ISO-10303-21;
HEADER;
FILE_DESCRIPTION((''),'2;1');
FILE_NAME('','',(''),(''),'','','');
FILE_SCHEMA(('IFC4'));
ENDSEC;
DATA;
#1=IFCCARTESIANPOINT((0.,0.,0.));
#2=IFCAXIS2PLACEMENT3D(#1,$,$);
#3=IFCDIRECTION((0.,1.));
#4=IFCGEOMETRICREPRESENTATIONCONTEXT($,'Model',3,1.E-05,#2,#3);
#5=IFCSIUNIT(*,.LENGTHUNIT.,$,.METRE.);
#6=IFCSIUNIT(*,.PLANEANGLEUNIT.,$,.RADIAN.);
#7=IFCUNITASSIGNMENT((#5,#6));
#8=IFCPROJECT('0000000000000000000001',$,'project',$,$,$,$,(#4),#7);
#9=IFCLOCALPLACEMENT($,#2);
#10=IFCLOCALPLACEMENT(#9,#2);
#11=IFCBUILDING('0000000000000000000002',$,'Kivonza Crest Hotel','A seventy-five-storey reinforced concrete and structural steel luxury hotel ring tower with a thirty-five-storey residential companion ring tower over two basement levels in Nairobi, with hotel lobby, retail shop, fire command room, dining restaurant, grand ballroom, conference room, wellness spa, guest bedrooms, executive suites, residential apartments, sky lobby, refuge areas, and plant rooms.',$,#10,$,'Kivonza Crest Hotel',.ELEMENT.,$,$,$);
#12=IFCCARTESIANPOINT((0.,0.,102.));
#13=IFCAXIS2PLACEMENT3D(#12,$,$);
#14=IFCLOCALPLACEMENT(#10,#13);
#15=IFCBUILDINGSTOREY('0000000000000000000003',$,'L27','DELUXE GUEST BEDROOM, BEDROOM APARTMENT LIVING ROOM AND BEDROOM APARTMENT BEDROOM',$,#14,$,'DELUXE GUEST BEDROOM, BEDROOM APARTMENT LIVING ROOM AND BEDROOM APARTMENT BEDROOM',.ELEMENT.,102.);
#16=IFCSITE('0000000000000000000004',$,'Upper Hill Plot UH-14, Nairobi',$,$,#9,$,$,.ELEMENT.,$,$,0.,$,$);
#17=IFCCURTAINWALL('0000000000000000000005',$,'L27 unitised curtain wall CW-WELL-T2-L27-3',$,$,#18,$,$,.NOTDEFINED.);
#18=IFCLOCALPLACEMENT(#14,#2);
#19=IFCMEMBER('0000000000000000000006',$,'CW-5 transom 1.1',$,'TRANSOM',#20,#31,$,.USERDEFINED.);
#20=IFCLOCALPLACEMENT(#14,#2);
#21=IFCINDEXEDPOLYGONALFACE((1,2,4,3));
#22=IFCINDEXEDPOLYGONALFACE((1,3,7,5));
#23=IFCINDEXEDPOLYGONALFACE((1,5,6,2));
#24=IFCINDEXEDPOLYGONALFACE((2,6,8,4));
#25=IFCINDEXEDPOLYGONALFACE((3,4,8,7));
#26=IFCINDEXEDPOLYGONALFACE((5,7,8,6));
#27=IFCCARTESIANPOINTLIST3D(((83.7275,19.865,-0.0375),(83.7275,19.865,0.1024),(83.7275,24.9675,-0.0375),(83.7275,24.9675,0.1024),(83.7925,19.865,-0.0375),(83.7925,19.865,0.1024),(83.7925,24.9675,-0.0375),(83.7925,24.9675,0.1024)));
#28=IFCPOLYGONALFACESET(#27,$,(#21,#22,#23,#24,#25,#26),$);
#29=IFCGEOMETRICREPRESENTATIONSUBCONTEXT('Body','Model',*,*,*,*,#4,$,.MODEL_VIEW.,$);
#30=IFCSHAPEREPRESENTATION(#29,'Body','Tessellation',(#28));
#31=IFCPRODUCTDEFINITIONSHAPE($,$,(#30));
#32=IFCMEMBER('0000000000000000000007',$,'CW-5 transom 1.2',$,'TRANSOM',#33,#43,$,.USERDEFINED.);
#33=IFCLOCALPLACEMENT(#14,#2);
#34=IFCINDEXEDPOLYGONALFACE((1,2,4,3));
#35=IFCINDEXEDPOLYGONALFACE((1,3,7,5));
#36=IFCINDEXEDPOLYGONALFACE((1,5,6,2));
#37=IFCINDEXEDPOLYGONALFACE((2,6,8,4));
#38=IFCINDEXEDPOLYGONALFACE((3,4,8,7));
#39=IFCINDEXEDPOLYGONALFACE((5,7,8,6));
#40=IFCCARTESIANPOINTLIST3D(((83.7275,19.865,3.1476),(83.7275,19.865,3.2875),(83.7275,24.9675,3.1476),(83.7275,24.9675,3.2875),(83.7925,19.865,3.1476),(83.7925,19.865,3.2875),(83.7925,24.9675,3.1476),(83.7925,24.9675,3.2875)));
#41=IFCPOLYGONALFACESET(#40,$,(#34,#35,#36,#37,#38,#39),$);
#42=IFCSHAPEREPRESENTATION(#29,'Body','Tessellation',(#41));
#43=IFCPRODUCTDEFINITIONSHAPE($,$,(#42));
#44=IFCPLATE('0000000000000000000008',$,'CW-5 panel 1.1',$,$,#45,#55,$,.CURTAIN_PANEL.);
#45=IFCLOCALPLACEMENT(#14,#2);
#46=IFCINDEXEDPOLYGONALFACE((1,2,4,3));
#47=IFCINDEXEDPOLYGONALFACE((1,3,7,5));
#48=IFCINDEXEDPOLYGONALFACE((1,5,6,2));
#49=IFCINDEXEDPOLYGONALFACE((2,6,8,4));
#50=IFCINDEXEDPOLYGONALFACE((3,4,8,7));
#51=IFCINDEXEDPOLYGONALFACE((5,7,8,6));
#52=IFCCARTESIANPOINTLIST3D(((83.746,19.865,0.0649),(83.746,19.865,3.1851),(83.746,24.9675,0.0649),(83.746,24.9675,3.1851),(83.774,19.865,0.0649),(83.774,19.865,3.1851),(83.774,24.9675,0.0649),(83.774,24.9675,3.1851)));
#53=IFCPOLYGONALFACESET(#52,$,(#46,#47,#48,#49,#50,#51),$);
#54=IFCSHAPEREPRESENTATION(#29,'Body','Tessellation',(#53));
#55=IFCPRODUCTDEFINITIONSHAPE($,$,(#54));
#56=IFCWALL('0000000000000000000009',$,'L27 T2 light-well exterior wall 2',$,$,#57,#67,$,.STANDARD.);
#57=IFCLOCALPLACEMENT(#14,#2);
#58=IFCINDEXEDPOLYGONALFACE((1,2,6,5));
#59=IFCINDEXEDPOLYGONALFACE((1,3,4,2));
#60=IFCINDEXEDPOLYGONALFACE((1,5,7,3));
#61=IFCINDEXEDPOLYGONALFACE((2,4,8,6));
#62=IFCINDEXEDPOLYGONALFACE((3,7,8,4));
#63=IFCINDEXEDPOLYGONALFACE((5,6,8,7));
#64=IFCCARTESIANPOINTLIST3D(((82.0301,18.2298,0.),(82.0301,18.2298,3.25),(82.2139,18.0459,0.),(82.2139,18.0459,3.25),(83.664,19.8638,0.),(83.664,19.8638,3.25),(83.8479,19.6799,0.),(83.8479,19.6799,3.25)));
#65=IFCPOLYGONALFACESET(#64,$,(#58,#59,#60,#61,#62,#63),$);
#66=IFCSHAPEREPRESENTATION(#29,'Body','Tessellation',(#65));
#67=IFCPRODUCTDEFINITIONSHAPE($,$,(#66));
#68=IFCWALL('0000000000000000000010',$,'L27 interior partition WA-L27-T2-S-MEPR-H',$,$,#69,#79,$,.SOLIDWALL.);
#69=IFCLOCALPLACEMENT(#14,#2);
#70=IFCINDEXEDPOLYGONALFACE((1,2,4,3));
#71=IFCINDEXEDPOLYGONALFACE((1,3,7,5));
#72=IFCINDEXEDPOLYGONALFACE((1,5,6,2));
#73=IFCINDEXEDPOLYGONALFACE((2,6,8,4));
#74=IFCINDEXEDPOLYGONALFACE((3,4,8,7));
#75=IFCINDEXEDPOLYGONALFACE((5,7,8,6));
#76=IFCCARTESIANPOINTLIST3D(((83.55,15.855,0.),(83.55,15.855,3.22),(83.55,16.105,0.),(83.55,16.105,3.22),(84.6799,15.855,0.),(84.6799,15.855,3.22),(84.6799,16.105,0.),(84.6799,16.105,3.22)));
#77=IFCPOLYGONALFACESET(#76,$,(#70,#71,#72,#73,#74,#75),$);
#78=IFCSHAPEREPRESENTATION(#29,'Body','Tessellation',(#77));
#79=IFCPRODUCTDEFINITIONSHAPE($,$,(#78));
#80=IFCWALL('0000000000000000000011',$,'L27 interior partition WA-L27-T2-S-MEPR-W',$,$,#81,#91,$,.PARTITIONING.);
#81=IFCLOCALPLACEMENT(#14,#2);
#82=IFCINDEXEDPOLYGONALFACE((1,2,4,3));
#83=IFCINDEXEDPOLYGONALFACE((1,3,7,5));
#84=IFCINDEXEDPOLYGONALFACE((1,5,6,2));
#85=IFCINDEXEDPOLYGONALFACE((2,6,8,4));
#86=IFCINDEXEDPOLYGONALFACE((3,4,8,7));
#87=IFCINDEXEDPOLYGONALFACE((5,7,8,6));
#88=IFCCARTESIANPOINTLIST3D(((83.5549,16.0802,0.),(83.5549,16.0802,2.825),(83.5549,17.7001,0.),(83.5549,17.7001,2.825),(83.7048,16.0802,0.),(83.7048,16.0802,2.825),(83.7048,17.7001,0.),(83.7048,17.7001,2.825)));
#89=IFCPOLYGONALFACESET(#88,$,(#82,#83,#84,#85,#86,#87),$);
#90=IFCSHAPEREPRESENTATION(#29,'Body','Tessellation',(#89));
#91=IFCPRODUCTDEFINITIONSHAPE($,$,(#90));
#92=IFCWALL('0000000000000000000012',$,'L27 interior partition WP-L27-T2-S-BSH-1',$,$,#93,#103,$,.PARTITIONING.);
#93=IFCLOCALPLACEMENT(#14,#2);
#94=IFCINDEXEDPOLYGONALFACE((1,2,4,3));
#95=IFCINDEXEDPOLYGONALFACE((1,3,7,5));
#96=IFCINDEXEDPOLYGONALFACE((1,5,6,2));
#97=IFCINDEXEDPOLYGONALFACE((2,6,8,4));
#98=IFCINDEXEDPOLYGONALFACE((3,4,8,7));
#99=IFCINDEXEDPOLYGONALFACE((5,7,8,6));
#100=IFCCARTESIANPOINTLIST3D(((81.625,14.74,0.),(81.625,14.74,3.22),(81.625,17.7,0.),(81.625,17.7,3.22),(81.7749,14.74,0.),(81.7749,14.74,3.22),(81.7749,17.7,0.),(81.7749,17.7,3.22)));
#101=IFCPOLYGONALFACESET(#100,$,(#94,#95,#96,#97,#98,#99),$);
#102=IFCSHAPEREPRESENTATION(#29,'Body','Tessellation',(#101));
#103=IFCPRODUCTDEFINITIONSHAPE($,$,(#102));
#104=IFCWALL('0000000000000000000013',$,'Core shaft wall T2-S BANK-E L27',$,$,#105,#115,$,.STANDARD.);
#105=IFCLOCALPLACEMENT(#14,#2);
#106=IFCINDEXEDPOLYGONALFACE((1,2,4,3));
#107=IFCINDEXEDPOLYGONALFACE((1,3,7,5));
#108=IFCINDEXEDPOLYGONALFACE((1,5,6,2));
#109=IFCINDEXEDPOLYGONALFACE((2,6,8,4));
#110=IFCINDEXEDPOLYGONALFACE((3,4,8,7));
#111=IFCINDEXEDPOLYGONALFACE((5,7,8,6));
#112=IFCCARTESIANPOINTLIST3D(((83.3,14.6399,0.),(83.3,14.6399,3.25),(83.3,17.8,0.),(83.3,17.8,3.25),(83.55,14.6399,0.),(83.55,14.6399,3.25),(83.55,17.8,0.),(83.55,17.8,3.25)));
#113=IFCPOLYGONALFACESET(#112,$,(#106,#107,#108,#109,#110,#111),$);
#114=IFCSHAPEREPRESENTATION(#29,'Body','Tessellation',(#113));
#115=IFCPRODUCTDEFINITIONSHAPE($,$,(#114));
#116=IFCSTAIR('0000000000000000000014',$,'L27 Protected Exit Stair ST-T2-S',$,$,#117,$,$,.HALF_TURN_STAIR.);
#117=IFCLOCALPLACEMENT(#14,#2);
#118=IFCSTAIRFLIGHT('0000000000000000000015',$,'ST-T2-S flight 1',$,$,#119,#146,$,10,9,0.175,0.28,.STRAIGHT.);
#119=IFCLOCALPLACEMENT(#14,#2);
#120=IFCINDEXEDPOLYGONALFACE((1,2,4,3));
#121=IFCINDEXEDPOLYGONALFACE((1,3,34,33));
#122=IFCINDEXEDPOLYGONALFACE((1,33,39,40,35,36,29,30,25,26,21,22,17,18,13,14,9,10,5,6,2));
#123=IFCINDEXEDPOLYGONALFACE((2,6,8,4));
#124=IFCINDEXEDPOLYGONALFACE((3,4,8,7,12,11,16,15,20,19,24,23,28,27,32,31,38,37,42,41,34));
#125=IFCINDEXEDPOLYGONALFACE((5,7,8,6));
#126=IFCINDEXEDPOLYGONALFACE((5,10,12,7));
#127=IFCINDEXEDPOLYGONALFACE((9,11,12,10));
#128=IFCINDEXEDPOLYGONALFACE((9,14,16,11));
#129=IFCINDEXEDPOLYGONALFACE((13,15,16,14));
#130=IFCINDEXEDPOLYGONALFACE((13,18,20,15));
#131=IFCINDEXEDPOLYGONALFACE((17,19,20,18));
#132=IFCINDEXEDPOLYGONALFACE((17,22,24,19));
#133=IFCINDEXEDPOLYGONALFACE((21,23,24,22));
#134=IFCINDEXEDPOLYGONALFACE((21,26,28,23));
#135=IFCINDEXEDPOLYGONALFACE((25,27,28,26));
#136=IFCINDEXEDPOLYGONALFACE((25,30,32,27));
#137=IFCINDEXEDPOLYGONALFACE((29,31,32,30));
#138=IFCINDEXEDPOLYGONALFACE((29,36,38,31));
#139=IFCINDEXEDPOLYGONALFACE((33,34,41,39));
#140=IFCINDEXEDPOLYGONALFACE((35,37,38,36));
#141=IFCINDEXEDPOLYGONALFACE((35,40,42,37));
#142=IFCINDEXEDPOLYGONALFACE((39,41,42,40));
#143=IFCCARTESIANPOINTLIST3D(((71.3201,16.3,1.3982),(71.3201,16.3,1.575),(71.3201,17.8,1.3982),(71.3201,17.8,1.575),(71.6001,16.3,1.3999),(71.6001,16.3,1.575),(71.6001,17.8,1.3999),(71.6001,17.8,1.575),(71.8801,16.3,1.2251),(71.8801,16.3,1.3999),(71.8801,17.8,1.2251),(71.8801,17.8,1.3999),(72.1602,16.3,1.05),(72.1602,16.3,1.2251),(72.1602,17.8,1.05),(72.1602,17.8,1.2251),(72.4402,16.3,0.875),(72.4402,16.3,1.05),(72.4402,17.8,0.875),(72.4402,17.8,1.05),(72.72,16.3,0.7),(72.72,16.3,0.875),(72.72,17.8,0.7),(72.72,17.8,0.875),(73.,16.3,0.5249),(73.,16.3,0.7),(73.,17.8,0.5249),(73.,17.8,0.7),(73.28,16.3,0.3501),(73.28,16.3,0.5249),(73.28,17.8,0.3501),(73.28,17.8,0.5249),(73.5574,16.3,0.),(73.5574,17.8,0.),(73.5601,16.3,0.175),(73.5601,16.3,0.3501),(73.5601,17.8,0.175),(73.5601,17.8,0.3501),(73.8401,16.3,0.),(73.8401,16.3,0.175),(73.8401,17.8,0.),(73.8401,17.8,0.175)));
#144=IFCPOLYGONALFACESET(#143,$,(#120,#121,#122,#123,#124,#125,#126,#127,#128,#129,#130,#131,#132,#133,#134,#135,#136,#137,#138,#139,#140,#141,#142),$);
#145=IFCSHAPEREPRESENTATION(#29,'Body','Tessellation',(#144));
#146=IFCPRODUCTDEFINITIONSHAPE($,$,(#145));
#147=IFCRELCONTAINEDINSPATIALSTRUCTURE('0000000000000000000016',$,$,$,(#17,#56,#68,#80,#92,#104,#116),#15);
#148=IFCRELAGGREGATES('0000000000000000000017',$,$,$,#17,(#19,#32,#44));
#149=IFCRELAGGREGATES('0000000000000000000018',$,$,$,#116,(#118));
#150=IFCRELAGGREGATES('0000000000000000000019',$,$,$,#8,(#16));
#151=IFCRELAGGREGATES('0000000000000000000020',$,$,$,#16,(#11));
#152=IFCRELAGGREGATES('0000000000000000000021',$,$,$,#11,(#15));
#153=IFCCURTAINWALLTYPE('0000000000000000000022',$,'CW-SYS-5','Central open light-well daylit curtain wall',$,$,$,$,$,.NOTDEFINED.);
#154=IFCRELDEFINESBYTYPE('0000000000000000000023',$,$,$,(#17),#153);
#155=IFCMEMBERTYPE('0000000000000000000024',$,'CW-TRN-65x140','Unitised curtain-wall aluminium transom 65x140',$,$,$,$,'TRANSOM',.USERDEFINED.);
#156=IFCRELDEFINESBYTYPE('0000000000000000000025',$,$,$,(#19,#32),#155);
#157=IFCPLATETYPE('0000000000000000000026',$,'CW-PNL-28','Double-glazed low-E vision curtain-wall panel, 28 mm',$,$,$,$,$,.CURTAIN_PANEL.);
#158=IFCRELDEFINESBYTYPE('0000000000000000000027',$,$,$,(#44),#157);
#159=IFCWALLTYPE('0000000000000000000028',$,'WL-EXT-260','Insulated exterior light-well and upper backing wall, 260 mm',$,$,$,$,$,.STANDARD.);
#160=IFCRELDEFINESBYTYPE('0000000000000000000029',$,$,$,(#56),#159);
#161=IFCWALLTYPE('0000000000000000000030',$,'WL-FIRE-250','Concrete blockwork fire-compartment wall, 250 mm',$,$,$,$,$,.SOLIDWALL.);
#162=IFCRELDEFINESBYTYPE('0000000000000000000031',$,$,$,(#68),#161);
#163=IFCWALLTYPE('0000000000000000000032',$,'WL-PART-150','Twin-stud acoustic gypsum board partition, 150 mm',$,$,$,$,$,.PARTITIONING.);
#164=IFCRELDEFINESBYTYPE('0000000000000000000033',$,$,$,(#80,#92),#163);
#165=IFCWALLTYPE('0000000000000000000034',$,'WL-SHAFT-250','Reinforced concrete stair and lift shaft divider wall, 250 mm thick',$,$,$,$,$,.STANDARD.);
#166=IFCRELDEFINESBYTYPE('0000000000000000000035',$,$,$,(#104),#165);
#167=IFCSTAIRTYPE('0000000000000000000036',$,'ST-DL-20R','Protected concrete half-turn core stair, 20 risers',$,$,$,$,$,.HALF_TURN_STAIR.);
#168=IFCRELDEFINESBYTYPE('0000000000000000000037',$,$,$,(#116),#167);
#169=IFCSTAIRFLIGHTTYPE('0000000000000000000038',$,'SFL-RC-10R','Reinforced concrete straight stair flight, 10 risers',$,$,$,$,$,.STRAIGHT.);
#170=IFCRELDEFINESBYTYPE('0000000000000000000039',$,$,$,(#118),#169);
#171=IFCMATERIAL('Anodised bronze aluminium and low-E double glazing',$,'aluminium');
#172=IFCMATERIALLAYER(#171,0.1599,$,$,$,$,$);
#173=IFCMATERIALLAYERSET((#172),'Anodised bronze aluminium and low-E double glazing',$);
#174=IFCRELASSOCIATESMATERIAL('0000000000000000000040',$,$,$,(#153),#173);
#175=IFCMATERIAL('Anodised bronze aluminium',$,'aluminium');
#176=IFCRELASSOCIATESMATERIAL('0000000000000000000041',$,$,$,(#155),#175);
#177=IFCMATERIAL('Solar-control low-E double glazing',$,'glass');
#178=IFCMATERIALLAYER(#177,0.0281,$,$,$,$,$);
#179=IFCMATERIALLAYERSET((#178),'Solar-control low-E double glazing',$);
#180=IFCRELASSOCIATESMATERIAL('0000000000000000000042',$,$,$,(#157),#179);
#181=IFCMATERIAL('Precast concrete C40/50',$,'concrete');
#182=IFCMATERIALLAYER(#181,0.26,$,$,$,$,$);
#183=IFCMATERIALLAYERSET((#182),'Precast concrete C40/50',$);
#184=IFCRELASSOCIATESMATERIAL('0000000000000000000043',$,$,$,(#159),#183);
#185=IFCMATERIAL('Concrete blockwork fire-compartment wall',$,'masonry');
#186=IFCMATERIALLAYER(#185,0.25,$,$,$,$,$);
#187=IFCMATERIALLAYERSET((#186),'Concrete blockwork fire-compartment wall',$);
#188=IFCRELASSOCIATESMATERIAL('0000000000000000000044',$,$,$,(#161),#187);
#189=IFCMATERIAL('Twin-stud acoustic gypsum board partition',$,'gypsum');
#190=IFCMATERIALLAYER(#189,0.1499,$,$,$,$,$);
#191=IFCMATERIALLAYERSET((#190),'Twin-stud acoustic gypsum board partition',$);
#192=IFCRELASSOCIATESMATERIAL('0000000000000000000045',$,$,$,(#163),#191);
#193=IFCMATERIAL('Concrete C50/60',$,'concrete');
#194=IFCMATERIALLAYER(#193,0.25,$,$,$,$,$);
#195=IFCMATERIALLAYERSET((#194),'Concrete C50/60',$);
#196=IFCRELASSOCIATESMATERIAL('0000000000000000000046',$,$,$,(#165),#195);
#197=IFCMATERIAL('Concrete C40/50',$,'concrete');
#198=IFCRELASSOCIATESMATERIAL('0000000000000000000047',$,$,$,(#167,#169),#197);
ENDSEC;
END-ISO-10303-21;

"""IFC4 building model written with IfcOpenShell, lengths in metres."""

from ifc_helpers import new_model, si_unit, direction, frame, frame_2d, origin, origin_2d, place, context, subcontext, project, spatial, polyline, rectangle, outline, extrude, material, layer, layer_set, material_profile, profile_set, type_object, element, aggregate, save


model = new_model("IFC4")

# Units and contexts
model_context = context("Model", 3, precision=1e-05, world=origin(), true_north=direction((0.0, 1.0)))
body_context = subcontext(model_context, "Body", "Model", "MODEL_VIEW")
ifc_project = project(units=[si_unit("LENGTHUNIT", "METRE"), si_unit("PLANEANGLEUNIT", "RADIAN")], contexts=[model_context])

# Site, building, storey
site_placement = place(None, origin())
site = spatial("IfcSite", under=ifc_project, at=site_placement, Name="Upper Hill Plot UH-14, Nairobi", CompositionType="ELEMENT", RefElevation=0.0)
building_placement = place(site_placement, origin())
building = spatial("IfcBuilding", under=site, at=building_placement, Name="Kivonza Crest Hotel", Description="A seventy-five-storey reinforced concrete and structural steel luxury hotel ring tower with a thirty-five-storey residential companion ring tower over two basement levels in Nairobi, with hotel lobby, retail shop, fire command room, dining restaurant, grand ballroom, conference room, wellness spa, guest bedrooms, executive suites, residential apartments, sky lobby, refuge areas, and plant rooms.", LongName="Kivonza Crest Hotel", CompositionType="ELEMENT")
storey_placement = place(building_placement, frame((0.0, 0.0, 102.0)))
storey = spatial("IfcBuildingStorey", under=building, at=storey_placement, Name="L27", Description="DELUXE GUEST BEDROOM, BEDROOM APARTMENT LIVING ROOM AND BEDROOM APARTMENT BEDROOM", LongName="DELUXE GUEST BEDROOM, BEDROOM APARTMENT LIVING ROOM AND BEDROOM APARTMENT BEDROOM", CompositionType="ELEMENT", Elevation=102.0)

# Shared definitions
ifc_material_1 = material(Name="Concrete C50/60", Category="concrete")

# Curtain wall, members, plate
ifc_material_2 = material(Name="Anodised bronze aluminium and low-E double glazing", Category="aluminium")
ifc_layer_1 = layer(ifc_material_2, 0.1599)
ifc_layer_set_1 = layer_set([ifc_layer_1], Name="Anodised bronze aluminium and low-E double glazing")
curtain_wall_type = type_object("IfcCurtainWallType", Name="CW-SYS-5", Description="Central open light-well daylit curtain wall", PredefinedType="NOTDEFINED", material=ifc_layer_set_1)
curtain_wall_placement = place(storey_placement, origin())
curtain_wall = element("IfcCurtainWall", 1, at=curtain_wall_placement, inside=storey, type_object=curtain_wall_type, Name="L27 unitised curtain wall CW-WELL-T2-L27-3", PredefinedType="NOTDEFINED")
ifc_material_3 = material(Name="Anodised bronze aluminium", Category="aluminium")
ifc_material_profile_1 = material_profile(ifc_material_3, rectangle(XDim=0.0649, YDim=0.1399, at=origin_2d()), Name="CW-T 65x140")
ifc_profile_set_1 = profile_set([ifc_material_profile_1], Name="Anodised bronze aluminium")
member_type_1 = type_object("IfcMemberType", Name="CW-TRN-65x140", Description="Unitised curtain-wall aluminium transom 65x140", ElementType="TRANSOM", PredefinedType="USERDEFINED", material=ifc_profile_set_1)
member_1_placement = place(storey_placement, frame((83.76, 19.865, 0.0325), z_axis=(0.0, 1.0, 0.0), x_axis=(-1.0, 0.0, 0.0)))
member_1 = element("IfcMember", 2, at=member_1_placement, type_object=member_type_1, Name="CW-5 transom 1.1", ObjectType="TRANSOM", PredefinedType="USERDEFINED", context=body_context, shape_type="SweptSolid", body=[
    extrude(rectangle(XDim=0.0649, YDim=0.1399, at=origin_2d()), origin(), (0.0, 0.0, 1.0), 5.1025),
])
member_2_placement = place(storey_placement, frame((83.76, 19.865, 3.2175), z_axis=(0.0, 1.0, 0.0), x_axis=(-1.0, 0.0, 0.0)))
member_2 = element("IfcMember", 3, at=member_2_placement, type_object=member_type_1, Name="CW-5 transom 1.2", ObjectType="TRANSOM", PredefinedType="USERDEFINED", context=body_context, shape_type="SweptSolid", body=[
    extrude(rectangle(XDim=0.0649, YDim=0.1399, at=origin_2d()), origin(), (0.0, 0.0, 1.0), 5.1025),
])
ifc_material_4 = material(Name="Solar-control low-E double glazing", Category="glass")
ifc_layer_2 = layer(ifc_material_4, 0.0281)
ifc_layer_set_2 = layer_set([ifc_layer_2], Name="Solar-control low-E double glazing")
plate_type = type_object("IfcPlateType", Name="CW-PNL-28", Description="Double-glazed low-E vision curtain-wall panel, 28 mm", PredefinedType="CURTAIN_PANEL", material=ifc_layer_set_2)
plate_placement = place(storey_placement, frame((83.76, 22.4163, 0.0649), z_axis=(0.0, 0.0, 1.0), x_axis=(0.0, 1.0, 0.0)))
plate = element("IfcPlate", 4, at=plate_placement, type_object=plate_type, Name="CW-5 panel 1.1", PredefinedType="CURTAIN_PANEL", context=body_context, shape_type="SweptSolid", body=[
    extrude(rectangle(XDim=5.1025, YDim=0.0281, at=origin_2d()), origin(), (0.0, 0.0, 1.0), 3.1201),
])
aggregate(curtain_wall, [member_1, member_2, plate])

# Walls
ifc_material_5 = material(Name="Precast concrete C40/50", Category="concrete")
ifc_layer_3 = layer(ifc_material_5, 0.26)
ifc_layer_set_3 = layer_set([ifc_layer_3], Name="Precast concrete C40/50")
wall_type_1 = type_object("IfcWallType", Name="WL-EXT-260", Description="Insulated exterior light-well and upper backing wall, 260 mm", PredefinedType="STANDARD", material=ifc_layer_set_3)
wall_1_placement = place(storey_placement, frame((82.1221, 18.1379, 0.0), z_axis=(0.0, 0.0, 1.0), x_axis=(0.707107, 0.707107, 0.0)))
element("IfcWall", 5, at=wall_1_placement, inside=storey, type_object=wall_type_1, Name="L27 T2 light-well exterior wall 2", PredefinedType="STANDARD", context=body_context, shape_type="SweptSolid", body=[
    extrude(rectangle(XDim=2.3108, YDim=0.26, at=frame_2d((1.1553, 0.0))), origin(), (0.0, 0.0, 1.0), 3.25),
])
ifc_material_6 = material(Name="Concrete blockwork fire-compartment wall", Category="masonry")
ifc_layer_4 = layer(ifc_material_6, 0.25)
ifc_layer_set_4 = layer_set([ifc_layer_4], Name="Concrete blockwork fire-compartment wall")
wall_type_2 = type_object("IfcWallType", Name="WL-FIRE-250", Description="Concrete blockwork fire-compartment wall, 250 mm", PredefinedType="SOLIDWALL", material=ifc_layer_set_4)
wall_2_placement = place(storey_placement, frame((83.55, 15.98, 0.0), z_axis=(0.0, 0.0, 1.0), x_axis=(1.0, 0.0, 0.0)))
element("IfcWall", 6, at=wall_2_placement, inside=storey, type_object=wall_type_2, Name="L27 interior partition WA-L27-T2-S-MEPR-H", PredefinedType="SOLIDWALL", context=body_context, shape_type="SweptSolid", body=[
    extrude(rectangle(XDim=1.1299, YDim=0.25, at=frame_2d((0.5649, 0.0))), origin(), (0.0, 0.0, 1.0), 3.22),
])
ifc_material_7 = material(Name="Twin-stud acoustic gypsum board partition", Category="gypsum")
ifc_layer_5 = layer(ifc_material_7, 0.1499)
ifc_layer_set_5 = layer_set([ifc_layer_5], Name="Twin-stud acoustic gypsum board partition")
wall_type_3 = type_object("IfcWallType", Name="WL-PART-150", Description="Twin-stud acoustic gypsum board partition, 150 mm", PredefinedType="PARTITIONING", material=ifc_layer_set_5)
wall_3_placement = place(storey_placement, frame((83.6299, 16.0801, 0.0), z_axis=(0.0, 0.0, 1.0), x_axis=(0.0, 1.0, 0.0)))
element("IfcWall", 7, at=wall_3_placement, inside=storey, type_object=wall_type_3, Name="L27 interior partition WA-L27-T2-S-MEPR-W", PredefinedType="PARTITIONING", context=body_context, shape_type="SweptSolid", body=[
    extrude(rectangle(XDim=1.6199, YDim=0.1499, at=frame_2d((0.8101, 0.0))), origin(), (0.0, 0.0, 1.0), 2.825),
])
wall_4_placement = place(storey_placement, frame((81.7, 14.74, 0.0), z_axis=(0.0, 0.0, 1.0), x_axis=(0.0, 1.0, 0.0)))
element("IfcWall", 8, at=wall_4_placement, inside=storey, type_object=wall_type_3, Name="L27 interior partition WP-L27-T2-S-BSH-1", PredefinedType="PARTITIONING", context=body_context, shape_type="SweptSolid", body=[
    extrude(rectangle(XDim=2.96, YDim=0.1499, at=frame_2d((1.48, 0.0))), origin(), (0.0, 0.0, 1.0), 3.22),
])
ifc_layer_6 = layer(ifc_material_1, 0.25)
ifc_layer_set_6 = layer_set([ifc_layer_6], Name="Concrete C50/60")
wall_type_4 = type_object("IfcWallType", Name="WL-SHAFT-250", Description="Reinforced concrete stair and lift shaft divider wall, 250 mm thick", PredefinedType="STANDARD", material=ifc_layer_set_6)
wall_5_placement = place(storey_placement, frame((83.425, 14.6399, 0.0), z_axis=(0.0, 0.0, 1.0), x_axis=(0.0, 1.0, 0.0)))
element("IfcWall", 9, at=wall_5_placement, inside=storey, type_object=wall_type_4, Name="Core shaft wall T2-S BANK-E L27", PredefinedType="STANDARD", context=body_context, shape_type="SweptSolid", body=[
    extrude(rectangle(XDim=3.1602, YDim=0.25, at=frame_2d((1.5801, 0.0))), origin(), (0.0, 0.0, 1.0), 3.25),
])

# Stair, stair flight
ifc_material_8 = material(Name="Concrete C40/50", Category="concrete")
stair_type = type_object("IfcStairType", Name="ST-DL-20R", Description="Protected concrete half-turn core stair, 20 risers", PredefinedType="HALF_TURN_STAIR", material=ifc_material_8)
stair_placement = place(storey_placement, origin())
stair = element("IfcStair", 10, at=stair_placement, inside=storey, type_object=stair_type, Name="L27 Protected Exit Stair ST-T2-S", PredefinedType="HALF_TURN_STAIR")
stair_flight_type = type_object("IfcStairFlightType", Name="SFL-RC-10R", Description="Reinforced concrete straight stair flight, 10 risers", PredefinedType="STRAIGHT", material=ifc_material_8)
stair_flight_placement = place(storey_placement, frame((73.8401, 17.05, 0.0), z_axis=(0.0, 0.0, 1.0), x_axis=(-1.0, 0.0, 0.0)))
stair_flight = element("IfcStairFlight", 11, at=stair_flight_placement, type_object=stair_flight_type, Name="ST-T2-S flight 1", NumberOfRisers=10, NumberOfTreads=9, PredefinedType="STRAIGHT", RiserHeight=0.175, TreadLength=0.28, context=body_context, shape_type="SweptSolid", body=[
    extrude(outline(polyline([(0.0, 0.0), (0.0, 0.175), (0.28, 0.175), (0.28, 0.3501), (0.5601, 0.3501), (0.5601, 0.5249), (0.8401, 0.5249), (0.8401, 0.7), (1.1201, 0.7), (1.1201, 0.875), (1.3999, 0.875), (1.3999, 1.05), (1.6799, 1.05), (1.6799, 1.2251), (1.96, 1.2251), (1.96, 1.3999), (2.24, 1.3999), (2.24, 1.575), (2.52, 1.575), (2.52, 1.75), (2.52, 1.3982), (0.2827, 0.0), (0.0, 0.0)])), frame((0.0, 0.75, 0.0), z_axis=(0.0, -1.0, 0.0), x_axis=(1.0, 0.0, 0.0)), (0.0, 0.0, 1.0), 1.5),
])
aggregate(stair, [stair_flight])

save(model, "model.ifc")
